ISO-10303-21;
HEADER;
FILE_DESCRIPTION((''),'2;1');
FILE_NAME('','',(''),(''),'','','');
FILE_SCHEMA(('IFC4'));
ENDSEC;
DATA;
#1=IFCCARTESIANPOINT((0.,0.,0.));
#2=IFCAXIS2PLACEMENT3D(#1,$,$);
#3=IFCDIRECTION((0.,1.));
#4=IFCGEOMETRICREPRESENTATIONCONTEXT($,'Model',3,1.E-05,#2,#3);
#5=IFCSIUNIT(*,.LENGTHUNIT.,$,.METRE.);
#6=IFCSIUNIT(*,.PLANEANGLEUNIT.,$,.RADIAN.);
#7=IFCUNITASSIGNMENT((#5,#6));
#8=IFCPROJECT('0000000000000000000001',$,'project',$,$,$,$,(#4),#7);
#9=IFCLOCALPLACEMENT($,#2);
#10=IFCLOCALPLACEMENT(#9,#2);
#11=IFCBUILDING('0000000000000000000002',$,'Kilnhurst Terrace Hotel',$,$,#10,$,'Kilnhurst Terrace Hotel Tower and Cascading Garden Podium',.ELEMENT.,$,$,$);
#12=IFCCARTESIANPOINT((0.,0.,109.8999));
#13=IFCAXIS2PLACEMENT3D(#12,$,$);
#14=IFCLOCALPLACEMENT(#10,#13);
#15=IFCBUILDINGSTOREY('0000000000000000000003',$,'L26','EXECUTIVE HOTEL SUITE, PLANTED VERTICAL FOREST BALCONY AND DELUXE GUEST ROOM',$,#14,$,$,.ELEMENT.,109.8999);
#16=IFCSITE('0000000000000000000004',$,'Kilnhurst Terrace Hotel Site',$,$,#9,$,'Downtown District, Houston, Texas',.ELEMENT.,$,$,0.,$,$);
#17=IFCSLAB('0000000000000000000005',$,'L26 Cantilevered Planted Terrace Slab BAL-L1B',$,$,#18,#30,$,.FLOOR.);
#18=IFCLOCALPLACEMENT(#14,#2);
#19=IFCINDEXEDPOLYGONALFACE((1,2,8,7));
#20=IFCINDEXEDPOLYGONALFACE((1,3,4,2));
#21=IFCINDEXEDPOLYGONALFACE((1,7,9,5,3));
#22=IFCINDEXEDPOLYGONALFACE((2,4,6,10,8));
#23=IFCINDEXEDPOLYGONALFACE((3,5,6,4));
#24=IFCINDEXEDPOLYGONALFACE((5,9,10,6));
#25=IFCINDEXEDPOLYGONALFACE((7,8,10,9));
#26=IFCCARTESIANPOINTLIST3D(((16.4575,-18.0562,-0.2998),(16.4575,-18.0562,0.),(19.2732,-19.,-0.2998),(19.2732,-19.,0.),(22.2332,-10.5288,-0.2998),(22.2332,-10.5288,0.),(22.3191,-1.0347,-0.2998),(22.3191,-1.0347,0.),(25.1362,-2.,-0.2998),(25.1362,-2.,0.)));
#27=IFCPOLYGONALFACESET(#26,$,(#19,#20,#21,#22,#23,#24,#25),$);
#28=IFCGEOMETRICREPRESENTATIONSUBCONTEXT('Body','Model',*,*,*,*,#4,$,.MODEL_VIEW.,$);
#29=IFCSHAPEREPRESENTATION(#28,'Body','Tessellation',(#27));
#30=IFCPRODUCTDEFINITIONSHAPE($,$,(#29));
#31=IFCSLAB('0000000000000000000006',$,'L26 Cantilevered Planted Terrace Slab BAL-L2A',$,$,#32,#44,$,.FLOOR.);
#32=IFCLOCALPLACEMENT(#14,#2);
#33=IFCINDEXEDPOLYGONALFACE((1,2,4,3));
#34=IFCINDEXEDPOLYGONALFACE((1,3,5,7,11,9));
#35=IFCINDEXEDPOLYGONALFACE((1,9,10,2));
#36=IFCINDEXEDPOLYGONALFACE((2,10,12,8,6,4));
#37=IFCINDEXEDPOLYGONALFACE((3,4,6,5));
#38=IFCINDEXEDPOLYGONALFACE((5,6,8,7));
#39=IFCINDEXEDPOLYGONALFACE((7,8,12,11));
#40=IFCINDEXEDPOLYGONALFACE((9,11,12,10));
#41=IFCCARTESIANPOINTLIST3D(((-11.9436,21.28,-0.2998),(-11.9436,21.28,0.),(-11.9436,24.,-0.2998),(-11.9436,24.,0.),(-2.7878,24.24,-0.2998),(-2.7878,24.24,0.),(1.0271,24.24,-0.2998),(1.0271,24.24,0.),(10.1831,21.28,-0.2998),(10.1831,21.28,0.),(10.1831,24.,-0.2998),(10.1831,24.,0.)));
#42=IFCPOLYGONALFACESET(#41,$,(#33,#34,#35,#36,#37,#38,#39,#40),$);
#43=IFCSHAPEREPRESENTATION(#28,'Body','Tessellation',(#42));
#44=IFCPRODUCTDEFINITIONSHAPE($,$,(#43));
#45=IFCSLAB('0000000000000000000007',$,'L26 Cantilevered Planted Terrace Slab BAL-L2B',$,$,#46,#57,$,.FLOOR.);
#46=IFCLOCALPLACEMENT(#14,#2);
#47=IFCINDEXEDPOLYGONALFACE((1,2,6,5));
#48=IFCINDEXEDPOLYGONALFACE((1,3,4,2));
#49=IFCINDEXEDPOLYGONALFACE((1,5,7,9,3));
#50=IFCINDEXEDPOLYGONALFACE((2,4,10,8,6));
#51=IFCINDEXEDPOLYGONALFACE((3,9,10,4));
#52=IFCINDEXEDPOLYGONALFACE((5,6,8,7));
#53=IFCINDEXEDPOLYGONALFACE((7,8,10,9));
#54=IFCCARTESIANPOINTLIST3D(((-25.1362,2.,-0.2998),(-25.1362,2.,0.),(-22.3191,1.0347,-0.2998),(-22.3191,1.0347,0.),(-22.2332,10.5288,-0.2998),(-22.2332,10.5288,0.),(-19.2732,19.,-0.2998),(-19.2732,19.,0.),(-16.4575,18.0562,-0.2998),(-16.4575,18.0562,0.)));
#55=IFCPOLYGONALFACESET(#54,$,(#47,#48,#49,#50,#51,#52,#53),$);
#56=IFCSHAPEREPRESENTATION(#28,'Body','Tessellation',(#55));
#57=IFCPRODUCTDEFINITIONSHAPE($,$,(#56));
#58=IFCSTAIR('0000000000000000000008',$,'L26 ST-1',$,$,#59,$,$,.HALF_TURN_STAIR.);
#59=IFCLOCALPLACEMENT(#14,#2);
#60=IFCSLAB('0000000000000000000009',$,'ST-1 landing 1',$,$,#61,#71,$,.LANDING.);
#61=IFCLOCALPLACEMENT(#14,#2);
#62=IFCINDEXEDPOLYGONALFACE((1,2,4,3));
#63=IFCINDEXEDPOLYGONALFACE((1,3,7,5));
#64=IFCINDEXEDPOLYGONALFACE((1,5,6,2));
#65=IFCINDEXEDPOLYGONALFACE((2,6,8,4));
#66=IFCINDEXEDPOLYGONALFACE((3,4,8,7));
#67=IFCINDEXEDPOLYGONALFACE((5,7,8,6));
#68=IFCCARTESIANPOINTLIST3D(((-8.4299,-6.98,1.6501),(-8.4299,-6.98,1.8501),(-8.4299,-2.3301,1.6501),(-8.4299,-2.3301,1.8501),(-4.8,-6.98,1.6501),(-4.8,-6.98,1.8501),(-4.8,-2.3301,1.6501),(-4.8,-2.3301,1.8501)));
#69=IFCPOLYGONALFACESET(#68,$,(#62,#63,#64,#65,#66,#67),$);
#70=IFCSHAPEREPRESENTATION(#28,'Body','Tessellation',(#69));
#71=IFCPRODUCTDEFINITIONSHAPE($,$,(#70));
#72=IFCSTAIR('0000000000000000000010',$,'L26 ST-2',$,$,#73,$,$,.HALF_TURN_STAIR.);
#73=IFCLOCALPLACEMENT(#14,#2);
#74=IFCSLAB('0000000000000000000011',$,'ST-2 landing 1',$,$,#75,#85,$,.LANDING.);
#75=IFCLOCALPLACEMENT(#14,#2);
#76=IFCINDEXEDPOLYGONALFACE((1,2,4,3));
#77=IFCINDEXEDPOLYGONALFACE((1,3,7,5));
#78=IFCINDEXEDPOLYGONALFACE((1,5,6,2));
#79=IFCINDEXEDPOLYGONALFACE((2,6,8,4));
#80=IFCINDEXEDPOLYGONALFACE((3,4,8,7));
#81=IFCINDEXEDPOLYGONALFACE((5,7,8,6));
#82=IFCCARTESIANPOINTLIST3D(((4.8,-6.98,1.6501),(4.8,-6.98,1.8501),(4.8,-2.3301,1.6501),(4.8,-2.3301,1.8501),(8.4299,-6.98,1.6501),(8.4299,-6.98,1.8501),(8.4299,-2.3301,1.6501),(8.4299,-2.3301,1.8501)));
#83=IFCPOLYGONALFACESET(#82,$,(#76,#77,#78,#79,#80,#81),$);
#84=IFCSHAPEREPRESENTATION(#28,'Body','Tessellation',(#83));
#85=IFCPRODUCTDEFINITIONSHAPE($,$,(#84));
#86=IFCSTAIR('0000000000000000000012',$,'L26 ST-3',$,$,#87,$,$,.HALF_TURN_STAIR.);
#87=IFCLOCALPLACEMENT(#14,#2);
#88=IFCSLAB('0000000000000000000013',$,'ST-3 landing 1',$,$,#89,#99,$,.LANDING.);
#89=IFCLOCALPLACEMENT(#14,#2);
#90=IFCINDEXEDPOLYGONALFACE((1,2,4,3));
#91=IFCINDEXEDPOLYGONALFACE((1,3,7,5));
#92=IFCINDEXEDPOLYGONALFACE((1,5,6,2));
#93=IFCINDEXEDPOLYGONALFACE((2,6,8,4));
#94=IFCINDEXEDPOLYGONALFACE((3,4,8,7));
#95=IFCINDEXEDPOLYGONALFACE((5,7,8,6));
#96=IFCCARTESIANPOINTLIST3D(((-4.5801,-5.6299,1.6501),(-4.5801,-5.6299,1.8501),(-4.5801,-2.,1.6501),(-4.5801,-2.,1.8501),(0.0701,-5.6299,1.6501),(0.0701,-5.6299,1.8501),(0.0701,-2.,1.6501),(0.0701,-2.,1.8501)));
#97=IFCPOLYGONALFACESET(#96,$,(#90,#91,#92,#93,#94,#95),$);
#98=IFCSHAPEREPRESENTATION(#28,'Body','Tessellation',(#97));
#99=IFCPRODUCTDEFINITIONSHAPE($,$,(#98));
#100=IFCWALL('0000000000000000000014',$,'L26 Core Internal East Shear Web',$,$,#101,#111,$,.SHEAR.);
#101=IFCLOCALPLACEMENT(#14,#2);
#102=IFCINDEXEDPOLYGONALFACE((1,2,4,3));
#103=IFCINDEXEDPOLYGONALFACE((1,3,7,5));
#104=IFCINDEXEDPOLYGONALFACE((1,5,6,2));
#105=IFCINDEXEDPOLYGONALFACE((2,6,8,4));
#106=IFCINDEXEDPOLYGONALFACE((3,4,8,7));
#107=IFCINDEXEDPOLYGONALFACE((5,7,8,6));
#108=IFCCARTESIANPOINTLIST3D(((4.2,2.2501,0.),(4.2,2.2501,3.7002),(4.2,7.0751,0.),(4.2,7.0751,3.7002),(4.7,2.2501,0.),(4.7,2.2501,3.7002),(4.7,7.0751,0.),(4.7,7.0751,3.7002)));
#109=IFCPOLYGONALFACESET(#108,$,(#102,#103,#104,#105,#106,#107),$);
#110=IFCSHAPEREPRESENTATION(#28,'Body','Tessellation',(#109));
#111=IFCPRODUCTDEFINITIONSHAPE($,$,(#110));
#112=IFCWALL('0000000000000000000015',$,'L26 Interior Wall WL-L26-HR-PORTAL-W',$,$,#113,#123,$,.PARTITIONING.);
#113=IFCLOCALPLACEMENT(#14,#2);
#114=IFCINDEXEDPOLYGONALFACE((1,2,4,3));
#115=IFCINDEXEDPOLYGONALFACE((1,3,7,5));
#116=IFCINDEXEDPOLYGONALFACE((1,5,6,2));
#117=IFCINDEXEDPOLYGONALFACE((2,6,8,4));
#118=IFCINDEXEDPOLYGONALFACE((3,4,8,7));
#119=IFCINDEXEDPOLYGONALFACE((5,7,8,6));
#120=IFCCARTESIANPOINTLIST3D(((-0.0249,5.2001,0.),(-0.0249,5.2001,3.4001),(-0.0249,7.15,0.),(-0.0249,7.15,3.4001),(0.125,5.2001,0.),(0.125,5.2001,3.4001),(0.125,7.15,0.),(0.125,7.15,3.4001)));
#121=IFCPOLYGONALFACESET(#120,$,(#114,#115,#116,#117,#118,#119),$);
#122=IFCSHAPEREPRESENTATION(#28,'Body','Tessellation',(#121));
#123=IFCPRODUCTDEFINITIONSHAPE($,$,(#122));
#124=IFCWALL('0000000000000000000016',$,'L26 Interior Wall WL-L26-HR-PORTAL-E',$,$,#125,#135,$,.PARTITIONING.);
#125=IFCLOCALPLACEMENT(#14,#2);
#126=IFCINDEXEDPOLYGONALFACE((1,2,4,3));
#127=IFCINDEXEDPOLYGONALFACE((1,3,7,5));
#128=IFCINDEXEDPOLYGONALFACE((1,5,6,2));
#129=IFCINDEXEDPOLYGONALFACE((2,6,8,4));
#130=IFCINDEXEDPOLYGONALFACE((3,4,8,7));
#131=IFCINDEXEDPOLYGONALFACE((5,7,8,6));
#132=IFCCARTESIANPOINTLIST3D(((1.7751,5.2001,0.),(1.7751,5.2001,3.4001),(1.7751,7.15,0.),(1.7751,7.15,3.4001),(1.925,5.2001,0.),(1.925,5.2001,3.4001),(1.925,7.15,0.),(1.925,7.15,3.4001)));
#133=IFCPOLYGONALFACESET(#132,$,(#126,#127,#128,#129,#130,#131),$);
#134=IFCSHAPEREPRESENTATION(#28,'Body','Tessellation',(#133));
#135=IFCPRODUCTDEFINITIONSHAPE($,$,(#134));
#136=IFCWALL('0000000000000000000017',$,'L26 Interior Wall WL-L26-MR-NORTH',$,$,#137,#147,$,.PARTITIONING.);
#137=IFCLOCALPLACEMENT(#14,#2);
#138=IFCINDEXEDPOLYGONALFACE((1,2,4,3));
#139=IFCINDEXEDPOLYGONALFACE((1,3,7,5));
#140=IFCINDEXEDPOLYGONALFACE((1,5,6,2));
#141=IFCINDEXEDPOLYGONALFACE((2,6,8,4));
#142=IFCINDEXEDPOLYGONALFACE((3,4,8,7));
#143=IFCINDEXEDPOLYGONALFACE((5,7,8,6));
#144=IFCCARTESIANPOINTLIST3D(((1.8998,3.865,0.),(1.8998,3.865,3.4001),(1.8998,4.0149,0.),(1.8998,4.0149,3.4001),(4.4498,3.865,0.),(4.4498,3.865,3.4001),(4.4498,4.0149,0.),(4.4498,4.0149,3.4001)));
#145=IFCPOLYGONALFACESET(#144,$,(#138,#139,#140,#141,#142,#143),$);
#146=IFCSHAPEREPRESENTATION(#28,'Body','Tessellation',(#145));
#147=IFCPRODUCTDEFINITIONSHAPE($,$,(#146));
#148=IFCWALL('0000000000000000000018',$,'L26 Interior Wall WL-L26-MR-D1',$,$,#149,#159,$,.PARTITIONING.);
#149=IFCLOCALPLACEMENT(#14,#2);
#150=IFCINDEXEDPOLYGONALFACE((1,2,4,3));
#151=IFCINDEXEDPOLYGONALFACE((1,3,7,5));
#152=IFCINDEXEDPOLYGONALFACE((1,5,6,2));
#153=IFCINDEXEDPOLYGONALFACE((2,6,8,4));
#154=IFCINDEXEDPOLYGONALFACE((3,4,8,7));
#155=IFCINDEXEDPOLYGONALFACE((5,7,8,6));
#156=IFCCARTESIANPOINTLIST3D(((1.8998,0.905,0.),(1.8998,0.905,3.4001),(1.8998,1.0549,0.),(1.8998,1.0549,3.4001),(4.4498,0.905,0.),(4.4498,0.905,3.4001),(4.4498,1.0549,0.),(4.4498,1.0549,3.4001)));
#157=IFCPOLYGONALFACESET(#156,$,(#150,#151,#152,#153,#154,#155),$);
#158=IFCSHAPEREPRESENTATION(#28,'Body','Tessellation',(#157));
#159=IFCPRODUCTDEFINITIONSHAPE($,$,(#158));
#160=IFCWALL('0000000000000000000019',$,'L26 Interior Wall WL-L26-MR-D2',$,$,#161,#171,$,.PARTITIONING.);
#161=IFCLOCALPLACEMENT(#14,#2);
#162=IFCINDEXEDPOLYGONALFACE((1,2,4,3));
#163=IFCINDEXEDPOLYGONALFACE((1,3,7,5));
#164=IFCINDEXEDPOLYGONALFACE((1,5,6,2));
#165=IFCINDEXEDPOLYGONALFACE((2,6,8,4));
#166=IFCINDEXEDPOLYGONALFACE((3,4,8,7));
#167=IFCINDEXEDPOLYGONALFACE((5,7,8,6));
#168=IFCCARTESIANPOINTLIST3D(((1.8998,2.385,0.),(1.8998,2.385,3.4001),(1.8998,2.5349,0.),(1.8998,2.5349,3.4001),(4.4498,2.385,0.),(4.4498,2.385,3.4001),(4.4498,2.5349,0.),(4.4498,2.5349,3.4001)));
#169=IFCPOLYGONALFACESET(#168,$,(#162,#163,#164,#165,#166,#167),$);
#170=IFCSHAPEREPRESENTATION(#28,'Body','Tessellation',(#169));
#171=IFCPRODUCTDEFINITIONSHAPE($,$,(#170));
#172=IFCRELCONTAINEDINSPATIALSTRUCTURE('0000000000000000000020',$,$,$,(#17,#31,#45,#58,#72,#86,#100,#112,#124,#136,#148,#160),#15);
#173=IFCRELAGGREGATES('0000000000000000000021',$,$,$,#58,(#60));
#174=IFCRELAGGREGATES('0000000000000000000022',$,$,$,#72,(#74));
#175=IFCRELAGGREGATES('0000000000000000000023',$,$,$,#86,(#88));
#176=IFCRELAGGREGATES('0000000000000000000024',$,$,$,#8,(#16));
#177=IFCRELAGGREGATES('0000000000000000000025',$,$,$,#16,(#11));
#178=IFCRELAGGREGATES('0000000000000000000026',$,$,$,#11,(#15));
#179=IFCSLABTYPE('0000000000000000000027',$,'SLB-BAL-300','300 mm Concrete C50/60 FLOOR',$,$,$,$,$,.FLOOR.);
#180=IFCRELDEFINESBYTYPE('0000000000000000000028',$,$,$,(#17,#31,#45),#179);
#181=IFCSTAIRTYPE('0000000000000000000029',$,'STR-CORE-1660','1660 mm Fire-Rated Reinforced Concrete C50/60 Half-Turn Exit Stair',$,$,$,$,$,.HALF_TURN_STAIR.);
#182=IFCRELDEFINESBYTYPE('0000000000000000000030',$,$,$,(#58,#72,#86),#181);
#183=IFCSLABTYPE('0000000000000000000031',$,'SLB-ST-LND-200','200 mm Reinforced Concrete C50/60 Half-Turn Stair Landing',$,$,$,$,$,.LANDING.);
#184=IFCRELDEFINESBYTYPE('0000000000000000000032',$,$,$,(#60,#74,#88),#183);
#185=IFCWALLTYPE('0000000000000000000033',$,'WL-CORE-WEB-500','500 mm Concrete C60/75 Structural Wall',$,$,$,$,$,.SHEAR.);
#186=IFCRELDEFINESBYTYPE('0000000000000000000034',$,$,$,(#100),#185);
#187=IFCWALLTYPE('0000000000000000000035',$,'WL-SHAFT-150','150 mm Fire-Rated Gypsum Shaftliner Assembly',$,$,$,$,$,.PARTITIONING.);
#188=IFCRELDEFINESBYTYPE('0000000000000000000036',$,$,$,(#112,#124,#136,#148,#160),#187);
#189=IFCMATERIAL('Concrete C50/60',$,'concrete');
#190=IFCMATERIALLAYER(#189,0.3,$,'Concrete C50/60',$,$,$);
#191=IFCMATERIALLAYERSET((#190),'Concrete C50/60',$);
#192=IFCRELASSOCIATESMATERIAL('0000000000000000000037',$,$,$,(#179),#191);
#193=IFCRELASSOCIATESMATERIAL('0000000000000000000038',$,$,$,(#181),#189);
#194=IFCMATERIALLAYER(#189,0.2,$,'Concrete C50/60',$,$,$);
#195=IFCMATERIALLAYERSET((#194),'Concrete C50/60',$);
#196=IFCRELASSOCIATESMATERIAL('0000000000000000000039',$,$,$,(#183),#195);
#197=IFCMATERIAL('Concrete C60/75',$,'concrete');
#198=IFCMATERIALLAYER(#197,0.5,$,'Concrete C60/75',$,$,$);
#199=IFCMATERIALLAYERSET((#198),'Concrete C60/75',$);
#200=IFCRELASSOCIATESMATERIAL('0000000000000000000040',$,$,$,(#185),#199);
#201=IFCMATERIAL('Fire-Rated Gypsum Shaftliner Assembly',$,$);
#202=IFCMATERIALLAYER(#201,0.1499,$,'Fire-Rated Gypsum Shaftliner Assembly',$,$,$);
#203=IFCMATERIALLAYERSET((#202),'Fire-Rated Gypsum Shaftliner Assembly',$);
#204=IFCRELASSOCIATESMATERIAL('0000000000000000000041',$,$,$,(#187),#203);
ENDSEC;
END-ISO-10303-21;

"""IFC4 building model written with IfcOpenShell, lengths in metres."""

from ifc_helpers import new_model, si_unit, direction, frame, frame_2d, origin, place, context, subcontext, project, spatial, polyline, rectangle, outline, extrude, material, layer, layer_set, type_object, element, aggregate, save


model = new_model("IFC4")

# Units and contexts
model_context = context("Model", 3, precision=1e-05, world=origin(), true_north=direction((0.0, 1.0)))
body_context = subcontext(model_context, "Body", "Model", "MODEL_VIEW")
ifc_project = project(units=[si_unit("LENGTHUNIT", "METRE"), si_unit("PLANEANGLEUNIT", "RADIAN")], contexts=[model_context])

# Site, building, storey
site_placement = place(None, origin())
site = spatial("IfcSite", under=ifc_project, at=site_placement, Name="Kilnhurst Terrace Hotel Site", LongName="Downtown District, Houston, Texas", CompositionType="ELEMENT", RefElevation=0.0)
building_placement = place(site_placement, origin())
building = spatial("IfcBuilding", under=site, at=building_placement, Name="Kilnhurst Terrace Hotel", LongName="Kilnhurst Terrace Hotel Tower and Cascading Garden Podium", CompositionType="ELEMENT")
storey_placement = place(building_placement, frame((0.0, 0.0, 109.8999)))
storey = spatial("IfcBuildingStorey", under=building, at=storey_placement, Name="L26", Description="EXECUTIVE HOTEL SUITE, PLANTED VERTICAL FOREST BALCONY AND DELUXE GUEST ROOM", CompositionType="ELEMENT", Elevation=109.8999)

# Slabs
ifc_material_1 = material(Name="Concrete C50/60", Category="concrete")
ifc_layer_1 = layer(ifc_material_1, 0.3, Name="Concrete C50/60")
ifc_layer_set_1 = layer_set([ifc_layer_1], Name="Concrete C50/60")
slab_type_1 = type_object("IfcSlabType", Name="SLB-BAL-300", Description="300 mm Concrete C50/60 FLOOR", PredefinedType="FLOOR", material=ifc_layer_set_1)
slab_1_placement = place(storey_placement, frame((0.0, 0.0, -0.2998)))
element("IfcSlab", 1, at=slab_1_placement, inside=storey, type_object=slab_type_1, Name="L26 Cantilevered Planted Terrace Slab BAL-L1B", PredefinedType="FLOOR", context=body_context, shape_type="SweptSolid", body=[
    extrude(outline(polyline([(19.2732, -19.0), (16.4575, -18.0562), (22.3191, -1.0347), (25.1362, -2.0), (22.2332, -10.5288), (19.2732, -19.0)])), origin(), (0.0, 0.0, 1.0), 0.2998),
])
slab_2_placement = place(storey_placement, frame((0.0, 0.0, -0.2998)))
element("IfcSlab", 2, at=slab_2_placement, inside=storey, type_object=slab_type_1, Name="L26 Cantilevered Planted Terrace Slab BAL-L2A", PredefinedType="FLOOR", context=body_context, shape_type="SweptSolid", body=[
    extrude(outline(polyline([(1.0271, 24.24), (10.1831, 24.0), (10.1831, 21.28), (-11.9436, 21.28), (-11.9436, 24.0), (-2.7878, 24.24), (1.0271, 24.24)])), origin(), (0.0, 0.0, 1.0), 0.2998),
])
slab_3_placement = place(storey_placement, frame((0.0, 0.0, -0.2998)))
element("IfcSlab", 3, at=slab_3_placement, inside=storey, type_object=slab_type_1, Name="L26 Cantilevered Planted Terrace Slab BAL-L2B", PredefinedType="FLOOR", context=body_context, shape_type="SweptSolid", body=[
    extrude(outline(polyline([(-19.2732, 19.0), (-16.4575, 18.0562), (-22.3191, 1.0347), (-25.1362, 2.0), (-22.2332, 10.5288), (-19.2732, 19.0)])), origin(), (0.0, 0.0, 1.0), 0.2998),
])

# Stairs, slabs
stair_type = type_object("IfcStairType", Name="STR-CORE-1660", Description="1660 mm Fire-Rated Reinforced Concrete C50/60 Half-Turn Exit Stair", PredefinedType="HALF_TURN_STAIR", material=ifc_material_1)
stair_1_placement = place(storey_placement, origin())
stair_1 = element("IfcStair", 4, at=stair_1_placement, inside=storey, type_object=stair_type, Name="L26 ST-1", PredefinedType="HALF_TURN_STAIR")
ifc_layer_2 = layer(ifc_material_1, 0.2, Name="Concrete C50/60")
ifc_layer_set_2 = layer_set([ifc_layer_2], Name="Concrete C50/60")
slab_type_2 = type_object("IfcSlabType", Name="SLB-ST-LND-200", Description="200 mm Reinforced Concrete C50/60 Half-Turn Stair Landing", PredefinedType="LANDING", material=ifc_layer_set_2)
slab_4_placement = place(storey_placement, frame((0.0, 0.0, 1.6501)))
slab_4 = element("IfcSlab", 5, at=slab_4_placement, type_object=slab_type_2, Name="ST-1 landing 1", PredefinedType="LANDING", context=body_context, shape_type="SweptSolid", body=[
    extrude(outline(polyline([(-8.4299, -2.3301), (-4.8, -2.3301), (-4.8, -6.98), (-8.4299, -6.98), (-8.4299, -2.3301)])), origin(), (0.0, 0.0, 1.0), 0.2),
])
aggregate(stair_1, [slab_4])
stair_2_placement = place(storey_placement, origin())
stair_2 = element("IfcStair", 6, at=stair_2_placement, inside=storey, type_object=stair_type, Name="L26 ST-2", PredefinedType="HALF_TURN_STAIR")
slab_5_placement = place(storey_placement, frame((0.0, 0.0, 1.6501)))
slab_5 = element("IfcSlab", 7, at=slab_5_placement, type_object=slab_type_2, Name="ST-2 landing 1", PredefinedType="LANDING", context=body_context, shape_type="SweptSolid", body=[
    extrude(outline(polyline([(4.8, -2.3301), (8.4299, -2.3301), (8.4299, -6.98), (4.8, -6.98), (4.8, -2.3301)])), origin(), (0.0, 0.0, 1.0), 0.2),
])
aggregate(stair_2, [slab_5])
stair_3_placement = place(storey_placement, origin())
stair_3 = element("IfcStair", 8, at=stair_3_placement, inside=storey, type_object=stair_type, Name="L26 ST-3", PredefinedType="HALF_TURN_STAIR")
slab_6_placement = place(storey_placement, frame((0.0, 0.0, 1.6501)))
slab_6 = element("IfcSlab", 9, at=slab_6_placement, type_object=slab_type_2, Name="ST-3 landing 1", PredefinedType="LANDING", context=body_context, shape_type="SweptSolid", body=[
    extrude(outline(polyline([(0.0701, -2.0), (0.0701, -5.6299), (-4.5801, -5.6299), (-4.5801, -2.0), (0.0701, -2.0)])), origin(), (0.0, 0.0, 1.0), 0.2),
])
aggregate(stair_3, [slab_6])

# Walls
ifc_material_2 = material(Name="Concrete C60/75", Category="concrete")
ifc_layer_3 = layer(ifc_material_2, 0.5, Name="Concrete C60/75")
ifc_layer_set_3 = layer_set([ifc_layer_3], Name="Concrete C60/75")
wall_type_1 = type_object("IfcWallType", Name="WL-CORE-WEB-500", Description="500 mm Concrete C60/75 Structural Wall", PredefinedType="SHEAR", material=ifc_layer_set_3)
wall_1_placement = place(storey_placement, frame((4.45, 2.25, 0.0), z_axis=(0.0, 0.0, 1.0), x_axis=(0.0, 1.0, 0.0)))
element("IfcWall", 10, at=wall_1_placement, inside=storey, type_object=wall_type_1, Name="L26 Core Internal East Shear Web", PredefinedType="SHEAR", context=body_context, shape_type="SweptSolid", body=[
    extrude(rectangle(XDim=4.825, YDim=0.5, at=frame_2d((2.4126, 0.0))), origin(), (0.0, 0.0, 1.0), 3.7002),
])
ifc_material_3 = material(Name="Fire-Rated Gypsum Shaftliner Assembly")
ifc_layer_4 = layer(ifc_material_3, 0.1499, Name="Fire-Rated Gypsum Shaftliner Assembly")
ifc_layer_set_4 = layer_set([ifc_layer_4], Name="Fire-Rated Gypsum Shaftliner Assembly")
wall_type_2 = type_object("IfcWallType", Name="WL-SHAFT-150", Description="150 mm Fire-Rated Gypsum Shaftliner Assembly", PredefinedType="PARTITIONING", material=ifc_layer_set_4)
for number, where, z_axis, x_axis, name in (
    (11, (0.05, 5.2, 0.0), (0.0, 0.0, 1.0), (0.0, 1.0, 0.0), "L26 Interior Wall WL-L26-HR-PORTAL-W"),
    (12, (1.8501, 5.2, 0.0), (0.0, 0.0, 1.0), (0.0, 1.0, 0.0), "L26 Interior Wall WL-L26-HR-PORTAL-E"),
):
    element("IfcWall", number, at=place(storey_placement, frame(where, z_axis=z_axis, x_axis=x_axis)), inside=storey, type_object=wall_type_2, Name=name, PredefinedType="PARTITIONING", context=body_context, shape_type="SweptSolid", body=[
        extrude(rectangle(XDim=1.95, YDim=0.1499, at=frame_2d((0.9751, 0.0))), origin(), (0.0, 0.0, 1.0), 3.4001),
    ])
for number, where, z_axis, x_axis, name in (
    (13, (1.8999, 3.9399, 0.0), (0.0, 0.0, 1.0), (1.0, 0.0, 0.0), "L26 Interior Wall WL-L26-MR-NORTH"),
    (14, (1.8999, 0.98, 0.0), (0.0, 0.0, 1.0), (1.0, 0.0, 0.0), "L26 Interior Wall WL-L26-MR-D1"),
    (15, (1.8999, 2.46, 0.0), (0.0, 0.0, 1.0), (1.0, 0.0, 0.0), "L26 Interior Wall WL-L26-MR-D2"),
):
    element("IfcWall", number, at=place(storey_placement, frame(where, z_axis=z_axis, x_axis=x_axis)), inside=storey, type_object=wall_type_2, Name=name, PredefinedType="PARTITIONING", context=body_context, shape_type="SweptSolid", body=[
        extrude(rectangle(XDim=2.55, YDim=0.1499, at=frame_2d((1.2749, 0.0))), origin(), (0.0, 0.0, 1.0), 3.4001),
    ])

save(model, "model.ifc")
